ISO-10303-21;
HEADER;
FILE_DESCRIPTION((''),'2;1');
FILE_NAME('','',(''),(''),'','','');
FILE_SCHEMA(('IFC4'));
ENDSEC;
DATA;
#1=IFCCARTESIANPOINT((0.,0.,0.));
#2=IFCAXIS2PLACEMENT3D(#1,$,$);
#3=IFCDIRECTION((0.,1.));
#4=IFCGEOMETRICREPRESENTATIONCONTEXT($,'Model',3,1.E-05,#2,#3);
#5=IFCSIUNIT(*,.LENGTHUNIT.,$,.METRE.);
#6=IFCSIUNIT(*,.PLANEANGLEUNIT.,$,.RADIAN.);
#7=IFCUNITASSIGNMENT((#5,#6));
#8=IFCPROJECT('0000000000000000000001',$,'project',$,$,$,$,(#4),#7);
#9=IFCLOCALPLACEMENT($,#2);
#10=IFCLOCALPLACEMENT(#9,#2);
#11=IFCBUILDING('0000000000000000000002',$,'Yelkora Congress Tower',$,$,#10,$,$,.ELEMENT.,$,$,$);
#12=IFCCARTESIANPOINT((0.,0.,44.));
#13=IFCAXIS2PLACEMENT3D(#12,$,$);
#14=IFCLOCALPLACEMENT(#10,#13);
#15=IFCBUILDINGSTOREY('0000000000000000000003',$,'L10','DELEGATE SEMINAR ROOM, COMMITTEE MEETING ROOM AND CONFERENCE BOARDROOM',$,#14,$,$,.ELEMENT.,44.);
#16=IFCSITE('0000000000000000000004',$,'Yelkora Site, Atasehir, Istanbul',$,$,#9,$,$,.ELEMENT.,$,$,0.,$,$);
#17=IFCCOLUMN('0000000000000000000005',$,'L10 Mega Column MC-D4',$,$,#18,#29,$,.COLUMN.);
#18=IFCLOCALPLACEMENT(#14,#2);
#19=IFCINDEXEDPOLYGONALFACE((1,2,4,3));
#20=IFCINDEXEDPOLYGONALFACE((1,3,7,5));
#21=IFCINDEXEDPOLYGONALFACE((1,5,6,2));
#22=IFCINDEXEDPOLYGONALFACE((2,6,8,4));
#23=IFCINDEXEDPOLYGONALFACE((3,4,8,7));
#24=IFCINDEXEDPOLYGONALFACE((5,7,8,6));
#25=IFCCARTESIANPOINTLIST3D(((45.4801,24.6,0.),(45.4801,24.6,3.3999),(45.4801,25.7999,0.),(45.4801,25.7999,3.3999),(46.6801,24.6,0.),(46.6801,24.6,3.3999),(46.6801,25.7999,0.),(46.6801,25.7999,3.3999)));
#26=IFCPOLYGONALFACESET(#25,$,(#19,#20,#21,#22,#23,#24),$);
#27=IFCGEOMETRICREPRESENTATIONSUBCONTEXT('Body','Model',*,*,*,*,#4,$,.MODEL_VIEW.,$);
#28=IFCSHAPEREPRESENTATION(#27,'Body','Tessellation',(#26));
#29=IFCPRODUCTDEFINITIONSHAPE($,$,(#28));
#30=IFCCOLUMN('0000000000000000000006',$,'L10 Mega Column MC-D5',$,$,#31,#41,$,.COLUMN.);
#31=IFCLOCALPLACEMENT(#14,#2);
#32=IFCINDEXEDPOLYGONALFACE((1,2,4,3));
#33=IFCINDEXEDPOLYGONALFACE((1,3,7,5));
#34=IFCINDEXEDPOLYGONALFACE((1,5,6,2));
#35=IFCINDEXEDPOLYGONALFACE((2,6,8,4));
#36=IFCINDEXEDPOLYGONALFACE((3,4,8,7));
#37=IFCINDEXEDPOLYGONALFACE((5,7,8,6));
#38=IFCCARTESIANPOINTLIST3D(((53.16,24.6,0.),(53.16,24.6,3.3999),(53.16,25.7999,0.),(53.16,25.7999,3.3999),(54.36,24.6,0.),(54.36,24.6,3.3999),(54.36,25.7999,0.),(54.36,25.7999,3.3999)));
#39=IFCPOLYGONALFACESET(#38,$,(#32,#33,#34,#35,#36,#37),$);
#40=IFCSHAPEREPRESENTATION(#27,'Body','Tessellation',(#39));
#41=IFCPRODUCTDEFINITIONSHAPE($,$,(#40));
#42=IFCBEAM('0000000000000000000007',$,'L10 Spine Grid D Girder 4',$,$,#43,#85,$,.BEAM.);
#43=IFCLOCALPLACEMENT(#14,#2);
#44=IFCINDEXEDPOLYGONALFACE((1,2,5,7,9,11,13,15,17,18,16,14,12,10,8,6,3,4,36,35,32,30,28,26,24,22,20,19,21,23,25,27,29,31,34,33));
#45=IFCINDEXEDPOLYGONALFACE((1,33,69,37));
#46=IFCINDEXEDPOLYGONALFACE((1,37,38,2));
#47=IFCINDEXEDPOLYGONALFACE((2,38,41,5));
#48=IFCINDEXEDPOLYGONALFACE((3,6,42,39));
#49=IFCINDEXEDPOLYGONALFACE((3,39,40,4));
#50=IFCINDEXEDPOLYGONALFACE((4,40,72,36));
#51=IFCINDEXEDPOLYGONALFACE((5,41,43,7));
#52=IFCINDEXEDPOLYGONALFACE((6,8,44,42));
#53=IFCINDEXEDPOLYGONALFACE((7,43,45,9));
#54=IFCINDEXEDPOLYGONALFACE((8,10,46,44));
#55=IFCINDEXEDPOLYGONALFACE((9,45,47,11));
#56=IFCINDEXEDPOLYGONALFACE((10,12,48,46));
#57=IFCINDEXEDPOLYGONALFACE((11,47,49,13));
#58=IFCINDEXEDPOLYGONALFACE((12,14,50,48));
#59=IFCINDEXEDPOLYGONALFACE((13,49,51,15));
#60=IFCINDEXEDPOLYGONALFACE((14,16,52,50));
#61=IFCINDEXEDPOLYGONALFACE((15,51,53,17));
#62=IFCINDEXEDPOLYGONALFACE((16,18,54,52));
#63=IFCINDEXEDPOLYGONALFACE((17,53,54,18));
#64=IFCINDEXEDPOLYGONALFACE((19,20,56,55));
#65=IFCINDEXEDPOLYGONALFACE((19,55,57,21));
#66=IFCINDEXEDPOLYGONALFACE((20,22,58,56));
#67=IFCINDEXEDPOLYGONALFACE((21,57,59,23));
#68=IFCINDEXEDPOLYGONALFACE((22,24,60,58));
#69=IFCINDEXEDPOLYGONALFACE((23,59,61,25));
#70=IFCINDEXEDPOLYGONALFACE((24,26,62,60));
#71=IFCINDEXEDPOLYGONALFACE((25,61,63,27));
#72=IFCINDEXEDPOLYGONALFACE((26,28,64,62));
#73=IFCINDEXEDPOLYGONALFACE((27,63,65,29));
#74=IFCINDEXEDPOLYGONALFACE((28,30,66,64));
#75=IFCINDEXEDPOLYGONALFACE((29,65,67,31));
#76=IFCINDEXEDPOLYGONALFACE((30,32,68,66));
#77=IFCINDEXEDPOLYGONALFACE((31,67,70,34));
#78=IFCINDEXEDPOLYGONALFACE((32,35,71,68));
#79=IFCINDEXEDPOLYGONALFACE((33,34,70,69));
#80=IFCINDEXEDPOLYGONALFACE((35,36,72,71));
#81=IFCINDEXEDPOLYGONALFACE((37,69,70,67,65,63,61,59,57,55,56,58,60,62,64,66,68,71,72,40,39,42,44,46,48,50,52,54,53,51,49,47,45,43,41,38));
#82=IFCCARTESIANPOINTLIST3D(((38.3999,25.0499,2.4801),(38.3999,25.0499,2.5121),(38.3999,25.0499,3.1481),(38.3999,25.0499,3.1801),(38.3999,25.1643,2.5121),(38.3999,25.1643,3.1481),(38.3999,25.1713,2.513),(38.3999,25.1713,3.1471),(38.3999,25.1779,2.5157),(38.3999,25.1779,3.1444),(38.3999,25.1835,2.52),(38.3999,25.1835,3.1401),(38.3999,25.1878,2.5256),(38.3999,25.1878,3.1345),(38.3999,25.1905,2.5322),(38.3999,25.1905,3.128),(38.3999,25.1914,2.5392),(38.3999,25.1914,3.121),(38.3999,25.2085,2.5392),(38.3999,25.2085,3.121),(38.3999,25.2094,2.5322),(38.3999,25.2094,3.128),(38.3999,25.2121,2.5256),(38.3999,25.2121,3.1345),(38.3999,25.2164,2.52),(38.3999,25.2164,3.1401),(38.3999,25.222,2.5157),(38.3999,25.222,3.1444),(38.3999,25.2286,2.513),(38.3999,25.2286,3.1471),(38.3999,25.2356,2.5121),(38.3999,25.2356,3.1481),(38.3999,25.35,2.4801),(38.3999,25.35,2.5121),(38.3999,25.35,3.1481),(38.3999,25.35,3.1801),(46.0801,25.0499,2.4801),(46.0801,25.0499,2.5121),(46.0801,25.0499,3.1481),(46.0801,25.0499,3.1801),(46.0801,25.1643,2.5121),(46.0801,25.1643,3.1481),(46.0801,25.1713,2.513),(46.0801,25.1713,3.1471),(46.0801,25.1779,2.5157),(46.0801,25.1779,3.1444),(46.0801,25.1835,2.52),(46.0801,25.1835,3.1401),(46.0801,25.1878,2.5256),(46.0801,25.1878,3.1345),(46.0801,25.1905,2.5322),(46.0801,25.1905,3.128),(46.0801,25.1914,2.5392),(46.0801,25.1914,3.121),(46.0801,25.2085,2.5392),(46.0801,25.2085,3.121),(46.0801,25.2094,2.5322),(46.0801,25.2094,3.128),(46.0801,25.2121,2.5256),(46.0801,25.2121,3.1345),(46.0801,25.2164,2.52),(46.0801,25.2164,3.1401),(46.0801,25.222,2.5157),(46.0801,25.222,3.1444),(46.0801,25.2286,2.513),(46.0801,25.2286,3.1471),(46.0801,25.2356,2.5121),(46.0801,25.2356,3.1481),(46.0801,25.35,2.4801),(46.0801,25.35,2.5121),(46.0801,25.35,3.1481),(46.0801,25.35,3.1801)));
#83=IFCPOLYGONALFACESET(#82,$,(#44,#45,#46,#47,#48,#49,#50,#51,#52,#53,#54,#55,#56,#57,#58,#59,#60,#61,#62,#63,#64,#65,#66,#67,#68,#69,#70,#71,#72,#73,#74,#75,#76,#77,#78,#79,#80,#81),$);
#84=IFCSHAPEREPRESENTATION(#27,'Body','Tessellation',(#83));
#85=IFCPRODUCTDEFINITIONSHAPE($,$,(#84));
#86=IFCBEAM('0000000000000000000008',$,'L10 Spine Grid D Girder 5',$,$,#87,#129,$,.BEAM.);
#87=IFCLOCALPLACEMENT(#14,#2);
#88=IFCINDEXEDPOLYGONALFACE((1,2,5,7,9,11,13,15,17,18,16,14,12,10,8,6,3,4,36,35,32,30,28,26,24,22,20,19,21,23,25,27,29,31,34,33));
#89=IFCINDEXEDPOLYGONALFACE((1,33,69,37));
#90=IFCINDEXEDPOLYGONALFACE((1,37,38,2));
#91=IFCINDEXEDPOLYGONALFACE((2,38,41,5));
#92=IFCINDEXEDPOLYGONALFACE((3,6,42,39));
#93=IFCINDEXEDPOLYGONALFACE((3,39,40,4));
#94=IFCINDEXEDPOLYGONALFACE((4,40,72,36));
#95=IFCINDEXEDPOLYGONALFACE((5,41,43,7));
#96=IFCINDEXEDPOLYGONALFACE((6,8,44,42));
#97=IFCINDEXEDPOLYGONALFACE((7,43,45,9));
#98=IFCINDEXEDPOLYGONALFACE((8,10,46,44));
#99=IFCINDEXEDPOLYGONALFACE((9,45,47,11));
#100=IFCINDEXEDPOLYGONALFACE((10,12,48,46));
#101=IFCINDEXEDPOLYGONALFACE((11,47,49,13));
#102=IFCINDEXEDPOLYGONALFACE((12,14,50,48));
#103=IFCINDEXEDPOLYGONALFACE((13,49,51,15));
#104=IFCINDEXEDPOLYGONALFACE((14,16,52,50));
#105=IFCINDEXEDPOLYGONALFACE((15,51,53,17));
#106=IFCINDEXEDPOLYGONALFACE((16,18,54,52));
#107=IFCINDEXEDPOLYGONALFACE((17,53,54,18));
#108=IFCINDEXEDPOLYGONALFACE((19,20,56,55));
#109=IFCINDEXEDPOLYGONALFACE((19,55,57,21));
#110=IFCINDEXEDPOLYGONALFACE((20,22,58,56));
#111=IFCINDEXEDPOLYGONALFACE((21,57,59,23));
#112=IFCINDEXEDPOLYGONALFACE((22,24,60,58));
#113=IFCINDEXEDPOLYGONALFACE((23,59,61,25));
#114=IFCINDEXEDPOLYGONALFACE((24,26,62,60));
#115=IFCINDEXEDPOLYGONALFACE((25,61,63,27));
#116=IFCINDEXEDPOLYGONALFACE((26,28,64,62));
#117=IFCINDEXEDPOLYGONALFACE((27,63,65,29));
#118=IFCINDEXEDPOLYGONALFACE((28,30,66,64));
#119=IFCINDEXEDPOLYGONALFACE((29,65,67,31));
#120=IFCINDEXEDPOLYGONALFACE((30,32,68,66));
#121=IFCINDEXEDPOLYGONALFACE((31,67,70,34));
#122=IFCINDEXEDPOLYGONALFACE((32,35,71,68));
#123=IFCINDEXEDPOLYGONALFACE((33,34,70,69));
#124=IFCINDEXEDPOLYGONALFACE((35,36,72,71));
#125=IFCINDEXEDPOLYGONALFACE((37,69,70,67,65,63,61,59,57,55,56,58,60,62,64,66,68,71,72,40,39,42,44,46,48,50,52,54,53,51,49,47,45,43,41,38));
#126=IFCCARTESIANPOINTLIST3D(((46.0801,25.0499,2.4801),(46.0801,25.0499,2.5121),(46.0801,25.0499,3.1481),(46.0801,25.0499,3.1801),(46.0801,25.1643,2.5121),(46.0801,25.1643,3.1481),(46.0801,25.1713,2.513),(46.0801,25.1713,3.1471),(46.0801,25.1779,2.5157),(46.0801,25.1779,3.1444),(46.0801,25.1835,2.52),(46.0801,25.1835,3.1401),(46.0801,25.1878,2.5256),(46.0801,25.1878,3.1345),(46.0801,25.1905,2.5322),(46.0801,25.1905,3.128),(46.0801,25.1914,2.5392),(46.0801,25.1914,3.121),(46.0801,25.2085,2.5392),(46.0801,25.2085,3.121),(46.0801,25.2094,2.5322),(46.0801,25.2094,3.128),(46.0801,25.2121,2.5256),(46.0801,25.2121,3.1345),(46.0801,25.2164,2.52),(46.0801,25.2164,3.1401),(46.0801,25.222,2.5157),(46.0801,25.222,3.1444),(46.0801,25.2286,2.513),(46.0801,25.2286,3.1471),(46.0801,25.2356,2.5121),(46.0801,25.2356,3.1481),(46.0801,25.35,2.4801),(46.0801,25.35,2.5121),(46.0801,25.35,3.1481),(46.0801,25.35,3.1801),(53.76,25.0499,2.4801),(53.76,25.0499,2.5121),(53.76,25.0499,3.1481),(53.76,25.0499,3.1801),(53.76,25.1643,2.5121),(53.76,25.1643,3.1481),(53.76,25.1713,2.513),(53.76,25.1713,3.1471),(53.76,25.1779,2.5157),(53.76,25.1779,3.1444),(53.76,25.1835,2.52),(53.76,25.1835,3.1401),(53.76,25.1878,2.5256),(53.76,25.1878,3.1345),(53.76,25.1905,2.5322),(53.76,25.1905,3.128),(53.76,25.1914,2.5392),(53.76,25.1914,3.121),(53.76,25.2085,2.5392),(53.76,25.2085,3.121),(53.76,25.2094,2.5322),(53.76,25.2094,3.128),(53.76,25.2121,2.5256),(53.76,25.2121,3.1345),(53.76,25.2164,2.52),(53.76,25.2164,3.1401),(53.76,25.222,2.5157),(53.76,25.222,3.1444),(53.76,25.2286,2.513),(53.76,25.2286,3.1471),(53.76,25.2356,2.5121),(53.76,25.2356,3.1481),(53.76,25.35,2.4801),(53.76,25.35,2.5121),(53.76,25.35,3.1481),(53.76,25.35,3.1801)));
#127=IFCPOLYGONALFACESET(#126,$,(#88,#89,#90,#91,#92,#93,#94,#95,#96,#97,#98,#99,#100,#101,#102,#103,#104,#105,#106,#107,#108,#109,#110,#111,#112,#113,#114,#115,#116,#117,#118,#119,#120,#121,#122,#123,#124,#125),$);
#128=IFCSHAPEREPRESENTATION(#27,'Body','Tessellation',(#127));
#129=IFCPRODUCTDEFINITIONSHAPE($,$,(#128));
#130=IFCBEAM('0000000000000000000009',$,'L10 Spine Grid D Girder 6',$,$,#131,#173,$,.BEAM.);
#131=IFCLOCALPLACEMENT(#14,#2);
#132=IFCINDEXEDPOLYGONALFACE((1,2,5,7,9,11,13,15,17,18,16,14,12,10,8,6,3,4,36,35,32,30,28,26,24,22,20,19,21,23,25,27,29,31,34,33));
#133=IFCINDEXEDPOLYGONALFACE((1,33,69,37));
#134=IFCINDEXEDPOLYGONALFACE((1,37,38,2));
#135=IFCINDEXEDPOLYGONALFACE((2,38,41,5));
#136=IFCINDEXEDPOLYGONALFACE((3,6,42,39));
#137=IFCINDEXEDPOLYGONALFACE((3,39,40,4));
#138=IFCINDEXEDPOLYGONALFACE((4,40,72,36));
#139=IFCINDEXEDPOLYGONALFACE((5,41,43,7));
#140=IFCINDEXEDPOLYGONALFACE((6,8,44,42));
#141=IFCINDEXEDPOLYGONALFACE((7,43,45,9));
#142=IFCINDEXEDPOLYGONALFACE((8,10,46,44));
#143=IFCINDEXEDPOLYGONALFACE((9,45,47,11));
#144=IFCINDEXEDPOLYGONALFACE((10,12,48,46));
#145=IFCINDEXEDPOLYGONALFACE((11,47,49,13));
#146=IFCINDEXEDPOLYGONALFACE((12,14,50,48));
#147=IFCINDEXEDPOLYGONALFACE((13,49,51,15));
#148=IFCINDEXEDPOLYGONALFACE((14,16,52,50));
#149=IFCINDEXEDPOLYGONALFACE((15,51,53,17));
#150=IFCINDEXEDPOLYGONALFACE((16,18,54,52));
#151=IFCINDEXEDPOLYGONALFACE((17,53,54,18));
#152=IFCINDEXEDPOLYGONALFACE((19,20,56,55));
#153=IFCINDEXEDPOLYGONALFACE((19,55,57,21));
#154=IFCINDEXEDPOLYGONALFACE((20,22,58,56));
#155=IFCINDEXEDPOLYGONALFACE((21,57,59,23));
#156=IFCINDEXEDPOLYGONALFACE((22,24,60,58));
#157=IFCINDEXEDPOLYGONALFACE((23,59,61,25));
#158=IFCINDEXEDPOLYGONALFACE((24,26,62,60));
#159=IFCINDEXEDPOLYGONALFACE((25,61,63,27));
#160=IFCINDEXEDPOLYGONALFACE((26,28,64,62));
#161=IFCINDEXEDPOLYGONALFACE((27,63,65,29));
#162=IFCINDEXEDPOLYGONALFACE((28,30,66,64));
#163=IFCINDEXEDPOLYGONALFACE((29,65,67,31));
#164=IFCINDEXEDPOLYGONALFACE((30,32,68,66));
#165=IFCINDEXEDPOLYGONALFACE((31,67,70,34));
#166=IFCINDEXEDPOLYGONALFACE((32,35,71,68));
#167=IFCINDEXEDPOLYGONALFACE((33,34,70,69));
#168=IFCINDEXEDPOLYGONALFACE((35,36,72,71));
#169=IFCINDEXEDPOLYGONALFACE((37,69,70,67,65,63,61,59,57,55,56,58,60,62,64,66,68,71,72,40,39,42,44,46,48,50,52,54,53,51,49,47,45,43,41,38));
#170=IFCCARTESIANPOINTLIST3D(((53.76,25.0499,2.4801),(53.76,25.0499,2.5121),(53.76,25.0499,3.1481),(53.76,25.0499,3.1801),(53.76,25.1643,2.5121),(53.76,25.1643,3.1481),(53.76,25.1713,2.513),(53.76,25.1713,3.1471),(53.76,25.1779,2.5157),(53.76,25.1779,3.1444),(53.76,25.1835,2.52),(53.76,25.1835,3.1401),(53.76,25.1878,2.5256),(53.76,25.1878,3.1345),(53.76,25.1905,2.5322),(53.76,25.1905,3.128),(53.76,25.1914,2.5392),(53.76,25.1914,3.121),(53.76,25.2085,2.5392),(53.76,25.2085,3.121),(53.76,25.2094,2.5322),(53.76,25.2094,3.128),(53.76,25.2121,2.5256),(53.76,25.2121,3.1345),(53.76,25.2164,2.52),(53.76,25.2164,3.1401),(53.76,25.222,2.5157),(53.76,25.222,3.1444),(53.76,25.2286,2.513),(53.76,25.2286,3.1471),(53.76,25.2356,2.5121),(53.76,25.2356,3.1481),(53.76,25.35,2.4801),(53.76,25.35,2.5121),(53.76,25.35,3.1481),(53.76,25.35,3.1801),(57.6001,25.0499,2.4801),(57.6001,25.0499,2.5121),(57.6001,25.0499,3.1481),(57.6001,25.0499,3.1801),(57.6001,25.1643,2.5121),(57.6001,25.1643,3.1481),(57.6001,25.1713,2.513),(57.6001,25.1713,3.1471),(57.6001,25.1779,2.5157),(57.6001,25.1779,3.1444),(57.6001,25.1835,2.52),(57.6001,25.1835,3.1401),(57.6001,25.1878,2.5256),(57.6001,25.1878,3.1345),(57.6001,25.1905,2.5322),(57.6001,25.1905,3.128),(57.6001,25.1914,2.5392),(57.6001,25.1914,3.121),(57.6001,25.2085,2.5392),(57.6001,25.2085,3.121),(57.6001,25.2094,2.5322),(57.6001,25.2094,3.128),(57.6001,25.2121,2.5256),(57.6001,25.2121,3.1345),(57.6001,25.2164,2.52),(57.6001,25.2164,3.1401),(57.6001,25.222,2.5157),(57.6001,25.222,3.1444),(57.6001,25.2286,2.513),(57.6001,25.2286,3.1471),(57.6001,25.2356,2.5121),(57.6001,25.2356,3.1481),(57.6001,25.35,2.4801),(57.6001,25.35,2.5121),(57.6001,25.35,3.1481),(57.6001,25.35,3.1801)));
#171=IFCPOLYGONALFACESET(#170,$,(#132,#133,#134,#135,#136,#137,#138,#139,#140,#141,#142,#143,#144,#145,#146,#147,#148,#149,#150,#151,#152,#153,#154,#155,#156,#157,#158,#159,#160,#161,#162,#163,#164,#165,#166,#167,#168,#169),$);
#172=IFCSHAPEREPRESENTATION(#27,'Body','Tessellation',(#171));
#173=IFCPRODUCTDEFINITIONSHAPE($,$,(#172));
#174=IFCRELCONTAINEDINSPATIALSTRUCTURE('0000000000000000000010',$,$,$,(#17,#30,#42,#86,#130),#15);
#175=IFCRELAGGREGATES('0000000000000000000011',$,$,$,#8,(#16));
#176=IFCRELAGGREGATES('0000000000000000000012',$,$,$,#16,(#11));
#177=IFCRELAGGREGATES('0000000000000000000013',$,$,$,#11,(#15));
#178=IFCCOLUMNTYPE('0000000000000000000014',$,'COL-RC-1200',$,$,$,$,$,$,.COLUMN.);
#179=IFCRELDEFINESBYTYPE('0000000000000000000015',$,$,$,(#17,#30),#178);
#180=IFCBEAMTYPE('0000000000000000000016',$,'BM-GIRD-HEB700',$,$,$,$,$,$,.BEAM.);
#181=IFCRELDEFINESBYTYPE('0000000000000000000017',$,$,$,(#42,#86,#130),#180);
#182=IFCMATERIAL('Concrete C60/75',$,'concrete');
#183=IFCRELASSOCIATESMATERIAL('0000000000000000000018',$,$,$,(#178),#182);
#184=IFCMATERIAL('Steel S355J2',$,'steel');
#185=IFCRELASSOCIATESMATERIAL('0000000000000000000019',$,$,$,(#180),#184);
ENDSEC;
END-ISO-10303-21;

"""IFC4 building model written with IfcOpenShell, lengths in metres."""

from ifc_helpers import new_model, si_unit, direction, frame, origin, origin_2d, place, context, subcontext, project, spatial, rectangle, i_section, extrude, material, material_profile, profile_set, type_object, element, save


model = new_model("IFC4")

# Units and contexts
model_context = context("Model", 3, precision=1e-05, world=origin(), true_north=direction((0.0, 1.0)))
body_context = subcontext(model_context, "Body", "Model", "MODEL_VIEW")
ifc_project = project(units=[si_unit("LENGTHUNIT", "METRE"), si_unit("PLANEANGLEUNIT", "RADIAN")], contexts=[model_context])

# Site, building, storey
site_placement = place(None, origin())
site = spatial("IfcSite", under=ifc_project, at=site_placement, Name="Yelkora Site, Atasehir, Istanbul", CompositionType="ELEMENT", RefElevation=0.0)
building_placement = place(site_placement, origin())
building = spatial("IfcBuilding", under=site, at=building_placement, Name="Yelkora Congress Tower", CompositionType="ELEMENT")
storey_placement = place(building_placement, frame((0.0, 0.0, 44.0)))
storey = spatial("IfcBuildingStorey", under=building, at=storey_placement, Name="L10", Description="DELEGATE SEMINAR ROOM, COMMITTEE MEETING ROOM AND CONFERENCE BOARDROOM", CompositionType="ELEMENT", Elevation=44.0)

# Columns
ifc_material_1 = material(Name="Concrete C60/75", Category="concrete")
ifc_material_profile_1 = material_profile(ifc_material_1, rectangle(XDim=1.2, YDim=1.2, at=origin_2d()), Name="RC 1200x1200")
ifc_profile_set_1 = profile_set([ifc_material_profile_1], Name="Concrete C60/75")
column_type = type_object("IfcColumnType", Name="COL-RC-1200", PredefinedType="COLUMN", material=ifc_profile_set_1)
for number, where, z_axis, x_axis, name in (
    (1, (46.0801, 25.2, 0.0), (0.0, 0.0, 1.0), (1.0, 0.0, 0.0), "L10 Mega Column MC-D4"),
    (2, (53.76, 25.2, 0.0), (0.0, 0.0, 1.0), (1.0, 0.0, 0.0), "L10 Mega Column MC-D5"),
):
    element("IfcColumn", number, at=place(storey_placement, frame(where, z_axis=z_axis, x_axis=x_axis)), inside=storey, type_object=column_type, Name=name, PredefinedType="COLUMN", context=body_context, shape_type="SweptSolid", body=[
        extrude(rectangle(XDim=1.2, YDim=1.2, at=origin_2d()), origin(), (0.0, 0.0, 1.0), 3.3999),
    ])

# Beams
ifc_material_2 = material(Name="Steel S355J2", Category="steel")
ifc_material_profile_2 = material_profile(ifc_material_2, i_section(OverallWidth=0.3, OverallDepth=0.7, WebThickness=0.0171, FlangeThickness=0.032, FilletRadius=0.0271, at=origin_2d()), Name="HEB 700")
ifc_profile_set_2 = profile_set([ifc_material_profile_2], Name="Steel S355J2")
beam_type_1 = type_object("IfcBeamType", Name="BM-GIRD-HEB700", PredefinedType="BEAM", material=ifc_profile_set_2)
beam_1_placement = place(storey_placement, frame((38.3999, 25.2, 2.8301), z_axis=(1.0, 0.0, 0.0), x_axis=(0.0, 1.0, 0.0)))
element("IfcBeam", 3, at=beam_1_placement, inside=storey, type_object=beam_type_1, Name="L10 Spine Grid D Girder 4", PredefinedType="BEAM", context=body_context, shape_type="SweptSolid", body=[
    extrude(i_section(OverallWidth=0.3, OverallDepth=0.7, WebThickness=0.0171, FlangeThickness=0.032, FilletRadius=0.0271, at=origin_2d()), origin(), (0.0, 0.0, 1.0), 7.6802),
])
beam_2_placement = place(storey_placement, frame((46.0801, 25.2, 2.8301), z_axis=(1.0, 0.0, 0.0), x_axis=(0.0, 1.0, 0.0)))
element("IfcBeam", 4, at=beam_2_placement, inside=storey, type_object=beam_type_1, Name="L10 Spine Grid D Girder 5", PredefinedType="BEAM", context=body_context, shape_type="SweptSolid", body=[
    extrude(i_section(OverallWidth=0.3, OverallDepth=0.7, WebThickness=0.0171, FlangeThickness=0.032, FilletRadius=0.0271, at=origin_2d()), origin(), (0.0, 0.0, 1.0), 7.6799),
])
beam_3_placement = place(storey_placement, frame((53.76, 25.2, 2.8301), z_axis=(1.0, 0.0, 0.0), x_axis=(0.0, 1.0, 0.0)))
element("IfcBeam", 5, at=beam_3_placement, inside=storey, type_object=beam_type_1, Name="L10 Spine Grid D Girder 6", PredefinedType="BEAM", context=body_context, shape_type="SweptSolid", body=[
    extrude(i_section(OverallWidth=0.3, OverallDepth=0.7, WebThickness=0.0171, FlangeThickness=0.032, FilletRadius=0.0271, at=origin_2d()), origin(), (0.0, 0.0, 1.0), 3.8401),
])

save(model, "model.ifc")
